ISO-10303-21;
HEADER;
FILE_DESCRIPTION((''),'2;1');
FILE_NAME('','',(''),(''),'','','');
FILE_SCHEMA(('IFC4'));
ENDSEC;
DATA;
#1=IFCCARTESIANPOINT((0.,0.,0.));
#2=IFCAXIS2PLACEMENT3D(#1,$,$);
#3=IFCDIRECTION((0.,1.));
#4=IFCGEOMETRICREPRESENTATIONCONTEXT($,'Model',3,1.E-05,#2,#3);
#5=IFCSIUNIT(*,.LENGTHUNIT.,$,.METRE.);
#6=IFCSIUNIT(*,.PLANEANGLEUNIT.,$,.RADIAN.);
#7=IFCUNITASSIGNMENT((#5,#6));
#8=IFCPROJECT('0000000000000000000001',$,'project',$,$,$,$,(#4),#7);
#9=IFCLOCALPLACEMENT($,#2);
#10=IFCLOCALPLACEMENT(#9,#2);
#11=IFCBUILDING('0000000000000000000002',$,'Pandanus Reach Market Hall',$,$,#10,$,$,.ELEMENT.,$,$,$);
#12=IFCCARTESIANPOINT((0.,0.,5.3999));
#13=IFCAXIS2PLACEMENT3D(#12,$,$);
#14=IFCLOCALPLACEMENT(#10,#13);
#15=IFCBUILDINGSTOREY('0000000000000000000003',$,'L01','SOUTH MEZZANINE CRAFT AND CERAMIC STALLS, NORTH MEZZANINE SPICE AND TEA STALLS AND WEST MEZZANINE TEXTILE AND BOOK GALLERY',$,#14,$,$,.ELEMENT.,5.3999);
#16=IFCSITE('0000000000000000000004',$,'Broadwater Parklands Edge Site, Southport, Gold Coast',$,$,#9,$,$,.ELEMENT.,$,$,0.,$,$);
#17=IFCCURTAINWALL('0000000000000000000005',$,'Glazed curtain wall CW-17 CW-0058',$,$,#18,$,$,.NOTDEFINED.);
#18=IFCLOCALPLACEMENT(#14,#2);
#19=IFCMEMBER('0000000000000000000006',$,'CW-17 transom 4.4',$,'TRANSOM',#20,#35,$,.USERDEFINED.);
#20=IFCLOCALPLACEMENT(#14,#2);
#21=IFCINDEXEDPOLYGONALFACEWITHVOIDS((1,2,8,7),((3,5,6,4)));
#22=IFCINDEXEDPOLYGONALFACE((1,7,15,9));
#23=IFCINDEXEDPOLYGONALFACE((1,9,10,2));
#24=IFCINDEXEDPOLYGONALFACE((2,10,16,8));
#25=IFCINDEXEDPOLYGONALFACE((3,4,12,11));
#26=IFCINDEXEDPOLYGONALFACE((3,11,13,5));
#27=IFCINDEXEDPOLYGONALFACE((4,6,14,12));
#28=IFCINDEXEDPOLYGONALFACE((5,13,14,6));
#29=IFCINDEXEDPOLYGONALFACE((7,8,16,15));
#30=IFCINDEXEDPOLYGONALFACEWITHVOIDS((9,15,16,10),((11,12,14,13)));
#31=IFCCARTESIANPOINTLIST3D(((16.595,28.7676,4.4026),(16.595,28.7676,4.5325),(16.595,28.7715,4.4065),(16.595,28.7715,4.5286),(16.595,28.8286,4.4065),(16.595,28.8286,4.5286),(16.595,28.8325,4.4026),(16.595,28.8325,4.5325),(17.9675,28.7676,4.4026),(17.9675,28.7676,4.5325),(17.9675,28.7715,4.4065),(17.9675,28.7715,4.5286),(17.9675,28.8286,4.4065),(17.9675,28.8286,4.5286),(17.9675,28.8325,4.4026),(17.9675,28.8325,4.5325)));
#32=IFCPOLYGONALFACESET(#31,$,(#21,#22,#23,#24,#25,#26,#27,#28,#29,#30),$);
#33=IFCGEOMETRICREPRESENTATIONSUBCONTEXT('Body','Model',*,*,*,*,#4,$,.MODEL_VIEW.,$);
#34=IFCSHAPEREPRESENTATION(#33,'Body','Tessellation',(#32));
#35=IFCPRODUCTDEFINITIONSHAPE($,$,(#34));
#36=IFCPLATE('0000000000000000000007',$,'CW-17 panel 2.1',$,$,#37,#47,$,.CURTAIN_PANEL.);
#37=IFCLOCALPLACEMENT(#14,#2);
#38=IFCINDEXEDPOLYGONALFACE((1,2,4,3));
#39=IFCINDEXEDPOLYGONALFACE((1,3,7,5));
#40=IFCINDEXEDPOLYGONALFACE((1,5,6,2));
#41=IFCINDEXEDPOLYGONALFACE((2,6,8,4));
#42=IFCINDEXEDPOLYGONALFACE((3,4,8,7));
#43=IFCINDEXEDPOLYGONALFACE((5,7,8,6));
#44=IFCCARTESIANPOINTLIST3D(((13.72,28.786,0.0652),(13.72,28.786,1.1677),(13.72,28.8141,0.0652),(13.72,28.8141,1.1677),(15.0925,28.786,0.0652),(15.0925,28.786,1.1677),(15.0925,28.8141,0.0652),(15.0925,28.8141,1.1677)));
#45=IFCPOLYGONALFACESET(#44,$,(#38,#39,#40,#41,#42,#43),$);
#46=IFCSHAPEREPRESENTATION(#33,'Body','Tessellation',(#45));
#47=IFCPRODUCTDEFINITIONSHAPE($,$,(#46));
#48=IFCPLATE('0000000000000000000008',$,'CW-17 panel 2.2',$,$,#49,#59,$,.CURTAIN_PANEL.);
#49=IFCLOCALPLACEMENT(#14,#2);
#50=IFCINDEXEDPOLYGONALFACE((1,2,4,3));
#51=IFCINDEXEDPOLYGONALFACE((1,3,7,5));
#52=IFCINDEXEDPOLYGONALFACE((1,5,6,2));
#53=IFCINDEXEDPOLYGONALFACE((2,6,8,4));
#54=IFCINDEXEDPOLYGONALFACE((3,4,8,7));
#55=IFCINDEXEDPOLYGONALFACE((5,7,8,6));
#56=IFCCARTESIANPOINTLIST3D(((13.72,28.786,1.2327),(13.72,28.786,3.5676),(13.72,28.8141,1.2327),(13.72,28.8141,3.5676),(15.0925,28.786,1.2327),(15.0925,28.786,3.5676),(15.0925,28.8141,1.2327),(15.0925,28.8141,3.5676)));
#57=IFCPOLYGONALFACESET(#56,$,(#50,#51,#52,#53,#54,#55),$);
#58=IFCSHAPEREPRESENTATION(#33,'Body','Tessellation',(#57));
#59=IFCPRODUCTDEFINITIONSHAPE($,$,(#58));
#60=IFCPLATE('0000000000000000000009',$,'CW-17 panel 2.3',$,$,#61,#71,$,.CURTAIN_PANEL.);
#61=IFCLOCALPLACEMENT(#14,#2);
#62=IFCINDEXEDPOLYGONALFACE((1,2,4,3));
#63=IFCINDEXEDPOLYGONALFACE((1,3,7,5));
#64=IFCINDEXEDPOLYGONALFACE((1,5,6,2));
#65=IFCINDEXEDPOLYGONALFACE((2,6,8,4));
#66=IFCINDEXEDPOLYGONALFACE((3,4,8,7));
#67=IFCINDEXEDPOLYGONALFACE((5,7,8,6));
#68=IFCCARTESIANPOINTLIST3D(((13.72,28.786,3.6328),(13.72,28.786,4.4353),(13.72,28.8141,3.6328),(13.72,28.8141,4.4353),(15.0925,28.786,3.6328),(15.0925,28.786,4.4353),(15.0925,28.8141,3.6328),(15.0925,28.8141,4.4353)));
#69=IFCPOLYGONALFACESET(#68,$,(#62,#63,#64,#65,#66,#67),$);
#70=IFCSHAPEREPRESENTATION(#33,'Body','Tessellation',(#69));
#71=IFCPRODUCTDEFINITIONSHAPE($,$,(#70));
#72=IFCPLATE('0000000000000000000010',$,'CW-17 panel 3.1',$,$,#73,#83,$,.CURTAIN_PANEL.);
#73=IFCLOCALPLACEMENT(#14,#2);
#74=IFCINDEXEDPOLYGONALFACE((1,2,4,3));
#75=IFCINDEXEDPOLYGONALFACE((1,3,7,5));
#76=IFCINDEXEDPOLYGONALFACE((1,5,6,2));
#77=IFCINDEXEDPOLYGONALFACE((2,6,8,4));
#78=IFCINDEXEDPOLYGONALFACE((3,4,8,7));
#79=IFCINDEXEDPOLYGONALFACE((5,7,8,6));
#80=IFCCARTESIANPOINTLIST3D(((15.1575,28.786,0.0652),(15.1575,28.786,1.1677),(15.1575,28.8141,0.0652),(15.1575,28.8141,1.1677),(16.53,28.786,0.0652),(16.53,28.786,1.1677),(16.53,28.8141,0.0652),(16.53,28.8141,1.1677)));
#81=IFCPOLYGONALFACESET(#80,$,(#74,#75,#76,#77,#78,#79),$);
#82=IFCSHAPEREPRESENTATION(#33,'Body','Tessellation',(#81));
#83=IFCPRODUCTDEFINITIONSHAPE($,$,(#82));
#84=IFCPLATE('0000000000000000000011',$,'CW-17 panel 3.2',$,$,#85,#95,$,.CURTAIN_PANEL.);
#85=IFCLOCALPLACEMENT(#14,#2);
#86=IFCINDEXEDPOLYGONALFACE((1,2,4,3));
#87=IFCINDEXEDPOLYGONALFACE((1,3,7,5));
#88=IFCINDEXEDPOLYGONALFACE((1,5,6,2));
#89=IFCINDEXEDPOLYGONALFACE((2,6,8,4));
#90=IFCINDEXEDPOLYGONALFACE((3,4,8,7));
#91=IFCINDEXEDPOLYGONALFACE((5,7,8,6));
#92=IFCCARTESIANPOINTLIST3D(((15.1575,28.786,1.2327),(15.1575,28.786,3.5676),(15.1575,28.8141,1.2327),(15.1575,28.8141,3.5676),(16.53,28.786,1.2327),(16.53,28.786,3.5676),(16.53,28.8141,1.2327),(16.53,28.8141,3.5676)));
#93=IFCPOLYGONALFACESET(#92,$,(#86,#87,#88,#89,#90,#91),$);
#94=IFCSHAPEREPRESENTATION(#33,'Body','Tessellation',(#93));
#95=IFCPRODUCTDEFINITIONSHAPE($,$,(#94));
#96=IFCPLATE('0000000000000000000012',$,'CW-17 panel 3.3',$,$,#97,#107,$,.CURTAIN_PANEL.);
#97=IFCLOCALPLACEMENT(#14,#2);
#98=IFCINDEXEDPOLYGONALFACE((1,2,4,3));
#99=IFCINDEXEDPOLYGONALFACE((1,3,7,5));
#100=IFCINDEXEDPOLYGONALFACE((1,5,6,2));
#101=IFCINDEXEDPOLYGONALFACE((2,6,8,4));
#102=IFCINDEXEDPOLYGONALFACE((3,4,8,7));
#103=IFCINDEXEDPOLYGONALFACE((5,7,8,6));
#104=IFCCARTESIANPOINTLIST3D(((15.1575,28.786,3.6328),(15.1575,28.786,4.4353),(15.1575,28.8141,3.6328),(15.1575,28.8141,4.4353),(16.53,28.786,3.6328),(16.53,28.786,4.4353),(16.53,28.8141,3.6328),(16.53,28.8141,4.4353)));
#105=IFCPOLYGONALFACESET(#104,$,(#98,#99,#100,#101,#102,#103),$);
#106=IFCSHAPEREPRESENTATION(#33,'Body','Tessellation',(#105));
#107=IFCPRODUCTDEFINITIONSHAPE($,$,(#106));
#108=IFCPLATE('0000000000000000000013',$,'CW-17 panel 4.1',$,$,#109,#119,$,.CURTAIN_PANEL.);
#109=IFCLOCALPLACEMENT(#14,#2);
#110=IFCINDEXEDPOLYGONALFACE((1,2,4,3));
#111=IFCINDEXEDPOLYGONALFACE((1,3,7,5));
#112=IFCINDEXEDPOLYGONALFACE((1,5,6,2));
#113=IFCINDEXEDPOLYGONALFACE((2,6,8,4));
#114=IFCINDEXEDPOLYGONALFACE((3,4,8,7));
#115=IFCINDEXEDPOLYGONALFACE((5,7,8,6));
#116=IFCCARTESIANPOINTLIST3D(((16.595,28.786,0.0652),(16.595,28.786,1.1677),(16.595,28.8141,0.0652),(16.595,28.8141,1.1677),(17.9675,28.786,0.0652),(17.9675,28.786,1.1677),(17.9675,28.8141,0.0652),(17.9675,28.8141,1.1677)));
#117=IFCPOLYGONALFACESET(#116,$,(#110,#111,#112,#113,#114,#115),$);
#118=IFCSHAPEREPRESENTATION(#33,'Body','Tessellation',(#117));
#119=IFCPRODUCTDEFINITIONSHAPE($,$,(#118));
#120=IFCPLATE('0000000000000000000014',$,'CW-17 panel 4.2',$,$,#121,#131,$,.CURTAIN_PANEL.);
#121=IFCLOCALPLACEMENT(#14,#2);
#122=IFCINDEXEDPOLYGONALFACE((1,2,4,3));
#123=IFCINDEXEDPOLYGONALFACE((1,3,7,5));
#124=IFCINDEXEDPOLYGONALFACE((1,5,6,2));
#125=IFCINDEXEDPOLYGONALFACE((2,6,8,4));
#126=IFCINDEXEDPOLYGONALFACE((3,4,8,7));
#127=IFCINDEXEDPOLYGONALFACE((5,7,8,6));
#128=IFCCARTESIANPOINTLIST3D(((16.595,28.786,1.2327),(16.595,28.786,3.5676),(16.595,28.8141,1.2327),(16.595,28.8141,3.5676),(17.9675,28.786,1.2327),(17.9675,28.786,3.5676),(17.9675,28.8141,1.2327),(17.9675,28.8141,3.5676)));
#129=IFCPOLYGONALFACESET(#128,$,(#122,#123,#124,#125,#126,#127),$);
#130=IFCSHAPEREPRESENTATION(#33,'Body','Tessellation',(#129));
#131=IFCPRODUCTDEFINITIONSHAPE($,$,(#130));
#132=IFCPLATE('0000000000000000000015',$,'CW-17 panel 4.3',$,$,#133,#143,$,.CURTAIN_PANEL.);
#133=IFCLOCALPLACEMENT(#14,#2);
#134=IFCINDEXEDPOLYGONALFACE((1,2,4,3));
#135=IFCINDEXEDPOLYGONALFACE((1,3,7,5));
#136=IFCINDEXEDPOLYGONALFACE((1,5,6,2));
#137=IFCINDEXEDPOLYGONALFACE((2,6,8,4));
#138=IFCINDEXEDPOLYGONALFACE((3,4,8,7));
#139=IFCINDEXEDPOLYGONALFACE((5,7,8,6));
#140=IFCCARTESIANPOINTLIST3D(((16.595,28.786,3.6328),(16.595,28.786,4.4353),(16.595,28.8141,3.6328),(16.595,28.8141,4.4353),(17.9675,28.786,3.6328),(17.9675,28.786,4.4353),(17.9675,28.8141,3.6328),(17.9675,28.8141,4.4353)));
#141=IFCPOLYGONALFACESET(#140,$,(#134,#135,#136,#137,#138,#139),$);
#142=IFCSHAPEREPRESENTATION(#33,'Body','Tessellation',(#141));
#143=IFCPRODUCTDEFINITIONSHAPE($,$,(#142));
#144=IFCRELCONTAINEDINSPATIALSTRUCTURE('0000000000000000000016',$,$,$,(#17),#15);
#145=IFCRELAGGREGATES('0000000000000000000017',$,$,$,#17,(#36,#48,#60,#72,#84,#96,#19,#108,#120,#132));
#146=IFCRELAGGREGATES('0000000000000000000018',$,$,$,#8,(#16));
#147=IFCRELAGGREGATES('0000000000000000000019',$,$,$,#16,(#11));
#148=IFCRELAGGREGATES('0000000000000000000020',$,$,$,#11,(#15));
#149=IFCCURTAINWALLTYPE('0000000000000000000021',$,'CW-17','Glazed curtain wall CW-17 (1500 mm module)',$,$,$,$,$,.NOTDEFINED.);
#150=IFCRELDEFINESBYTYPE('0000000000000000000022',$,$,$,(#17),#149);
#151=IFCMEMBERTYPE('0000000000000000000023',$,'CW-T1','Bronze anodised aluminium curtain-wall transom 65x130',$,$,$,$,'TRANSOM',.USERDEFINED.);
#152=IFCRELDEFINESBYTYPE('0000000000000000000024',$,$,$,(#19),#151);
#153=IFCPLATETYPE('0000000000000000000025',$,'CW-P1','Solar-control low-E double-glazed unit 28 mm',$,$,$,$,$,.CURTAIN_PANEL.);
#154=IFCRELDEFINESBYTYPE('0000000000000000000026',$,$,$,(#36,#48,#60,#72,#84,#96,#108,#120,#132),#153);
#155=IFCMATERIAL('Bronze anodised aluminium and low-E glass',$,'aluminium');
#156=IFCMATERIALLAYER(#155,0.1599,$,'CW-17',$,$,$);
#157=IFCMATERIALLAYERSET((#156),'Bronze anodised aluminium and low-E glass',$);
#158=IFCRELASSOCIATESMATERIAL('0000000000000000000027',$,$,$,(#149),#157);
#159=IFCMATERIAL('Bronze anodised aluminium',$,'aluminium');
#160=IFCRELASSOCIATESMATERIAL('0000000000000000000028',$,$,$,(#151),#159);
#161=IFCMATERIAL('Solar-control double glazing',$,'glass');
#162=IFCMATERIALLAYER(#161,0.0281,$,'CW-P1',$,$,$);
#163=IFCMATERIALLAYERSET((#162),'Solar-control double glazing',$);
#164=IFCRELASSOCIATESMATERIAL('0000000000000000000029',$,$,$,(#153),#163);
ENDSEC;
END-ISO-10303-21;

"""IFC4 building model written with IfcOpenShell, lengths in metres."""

from ifc_helpers import new_model, si_unit, direction, frame, origin, origin_2d, place, context, subcontext, project, spatial, rectangle, hollow_rectangle, extrude, material, layer, layer_set, material_profile, profile_set, type_object, element, aggregate, save


model = new_model("IFC4")

# Units and contexts
model_context = context("Model", 3, precision=1e-05, world=origin(), true_north=direction((0.0, 1.0)))
body_context = subcontext(model_context, "Body", "Model", "MODEL_VIEW")
ifc_project = project(units=[si_unit("LENGTHUNIT", "METRE"), si_unit("PLANEANGLEUNIT", "RADIAN")], contexts=[model_context])

# Site, building, storey
site_placement = place(None, origin())
site = spatial("IfcSite", under=ifc_project, at=site_placement, Name="Broadwater Parklands Edge Site, Southport, Gold Coast", CompositionType="ELEMENT", RefElevation=0.0)
building_placement = place(site_placement, origin())
building = spatial("IfcBuilding", under=site, at=building_placement, Name="Pandanus Reach Market Hall", CompositionType="ELEMENT")
storey_placement = place(building_placement, frame((0.0, 0.0, 5.3999)))
storey = spatial("IfcBuildingStorey", under=building, at=storey_placement, Name="L01", Description="SOUTH MEZZANINE CRAFT AND CERAMIC STALLS, NORTH MEZZANINE SPICE AND TEA STALLS AND WEST MEZZANINE TEXTILE AND BOOK GALLERY", CompositionType="ELEMENT", Elevation=5.3999)

# Curtain wall, member, plates
ifc_material_1 = material(Name="Bronze anodised aluminium and low-E glass", Category="aluminium")
ifc_layer_1 = layer(ifc_material_1, 0.1599, Name="CW-17")
ifc_layer_set_1 = layer_set([ifc_layer_1], Name="Bronze anodised aluminium and low-E glass")
curtain_wall_type = type_object("IfcCurtainWallType", Name="CW-17", Description="Glazed curtain wall CW-17 (1500 mm module)", PredefinedType="NOTDEFINED", material=ifc_layer_set_1)
curtain_wall_placement = place(storey_placement, origin())
curtain_wall = element("IfcCurtainWall", 1, at=curtain_wall_placement, inside=storey, type_object=curtain_wall_type, Name="Glazed curtain wall CW-17 CW-0058", PredefinedType="NOTDEFINED")
ifc_material_2 = material(Name="Bronze anodised aluminium", Category="aluminium")
ifc_material_profile_1 = material_profile(ifc_material_2, hollow_rectangle(XDim=0.0649, YDim=0.1299, WallThickness=0.0039, at=origin_2d()), Name="ALU65x130", Category="LoadBearing")
ifc_profile_set_1 = profile_set([ifc_material_profile_1], Name="Bronze anodised aluminium")
member_type_1 = type_object("IfcMemberType", Name="CW-T1", Description="Bronze anodised aluminium curtain-wall transom 65x130", ElementType="TRANSOM", PredefinedType="USERDEFINED", material=ifc_profile_set_1)
member_1_placement = place(storey_placement, frame((16.595, 28.8, 4.4675), z_axis=(1.0, 0.0, 0.0), x_axis=(0.0, 1.0, 0.0)))
member_1 = element("IfcMember", 2, at=member_1_placement, type_object=member_type_1, Name="CW-17 transom 4.4", ObjectType="TRANSOM", PredefinedType="USERDEFINED", context=body_context, shape_type="SweptSolid", body=[
    extrude(hollow_rectangle(XDim=0.0649, YDim=0.1299, WallThickness=0.0039, at=origin_2d()), origin(), (0.0, 0.0, 1.0), 1.3726),
])
ifc_material_3 = material(Name="Solar-control double glazing", Category="glass")
ifc_layer_2 = layer(ifc_material_3, 0.0281, Name="CW-P1")
ifc_layer_set_2 = layer_set([ifc_layer_2], Name="Solar-control double glazing")
plate_type = type_object("IfcPlateType", Name="CW-P1", Description="Solar-control low-E double-glazed unit 28 mm", PredefinedType="CURTAIN_PANEL", material=ifc_layer_set_2)
plate_1_placement = place(storey_placement, frame((14.4062, 28.8, 0.0652), z_axis=(0.0, 0.0, 1.0), x_axis=(1.0, 0.0, 0.0)))
plate_1 = element("IfcPlate", 3, at=plate_1_placement, type_object=plate_type, Name="CW-17 panel 2.1", PredefinedType="CURTAIN_PANEL", context=body_context, shape_type="SweptSolid", body=[
    extrude(rectangle(XDim=1.3726, YDim=0.0281, at=origin_2d()), origin(), (0.0, 0.0, 1.0), 1.1025),
])
plate_2_placement = place(storey_placement, frame((14.4062, 28.8, 1.2327), z_axis=(0.0, 0.0, 1.0), x_axis=(1.0, 0.0, 0.0)))
plate_2 = element("IfcPlate", 4, at=plate_2_placement, type_object=plate_type, Name="CW-17 panel 2.2", PredefinedType="CURTAIN_PANEL", context=body_context, shape_type="SweptSolid", body=[
    extrude(rectangle(XDim=1.3726, YDim=0.0281, at=origin_2d()), origin(), (0.0, 0.0, 1.0), 2.335),
])
plate_3_placement = place(storey_placement, frame((14.4062, 28.8, 3.6328), z_axis=(0.0, 0.0, 1.0), x_axis=(1.0, 0.0, 0.0)))
plate_3 = element("IfcPlate", 5, at=plate_3_placement, type_object=plate_type, Name="CW-17 panel 2.3", PredefinedType="CURTAIN_PANEL", context=body_context, shape_type="SweptSolid", body=[
    extrude(rectangle(XDim=1.3726, YDim=0.0281, at=origin_2d()), origin(), (0.0, 0.0, 1.0), 0.8025),
])
plate_4_placement = place(storey_placement, frame((15.8438, 28.8, 0.0652), z_axis=(0.0, 0.0, 1.0), x_axis=(1.0, 0.0, 0.0)))
plate_4 = element("IfcPlate", 6, at=plate_4_placement, type_object=plate_type, Name="CW-17 panel 3.1", PredefinedType="CURTAIN_PANEL", context=body_context, shape_type="SweptSolid", body=[
    extrude(rectangle(XDim=1.3726, YDim=0.0281, at=origin_2d()), origin(), (0.0, 0.0, 1.0), 1.1025),
])
plate_5_placement = place(storey_placement, frame((15.8438, 28.8, 1.2327), z_axis=(0.0, 0.0, 1.0), x_axis=(1.0, 0.0, 0.0)))
plate_5 = element("IfcPlate", 7, at=plate_5_placement, type_object=plate_type, Name="CW-17 panel 3.2", PredefinedType="CURTAIN_PANEL", context=body_context, shape_type="SweptSolid", body=[
    extrude(rectangle(XDim=1.3726, YDim=0.0281, at=origin_2d()), origin(), (0.0, 0.0, 1.0), 2.335),
])
plate_6_placement = place(storey_placement, frame((15.8438, 28.8, 3.6328), z_axis=(0.0, 0.0, 1.0), x_axis=(1.0, 0.0, 0.0)))
plate_6 = element("IfcPlate", 8, at=plate_6_placement, type_object=plate_type, Name="CW-17 panel 3.3", PredefinedType="CURTAIN_PANEL", context=body_context, shape_type="SweptSolid", body=[
    extrude(rectangle(XDim=1.3726, YDim=0.0281, at=origin_2d()), origin(), (0.0, 0.0, 1.0), 0.8025),
])
plate_7_placement = place(storey_placement, frame((17.2812, 28.8, 0.0652), z_axis=(0.0, 0.0, 1.0), x_axis=(1.0, 0.0, 0.0)))
plate_7 = element("IfcPlate", 9, at=plate_7_placement, type_object=plate_type, Name="CW-17 panel 4.1", PredefinedType="CURTAIN_PANEL", context=body_context, shape_type="SweptSolid", body=[
    extrude(rectangle(XDim=1.3726, YDim=0.0281, at=origin_2d()), origin(), (0.0, 0.0, 1.0), 1.1025),
])
plate_8_placement = place(storey_placement, frame((17.2812, 28.8, 1.2327), z_axis=(0.0, 0.0, 1.0), x_axis=(1.0, 0.0, 0.0)))
plate_8 = element("IfcPlate", 10, at=plate_8_placement, type_object=plate_type, Name="CW-17 panel 4.2", PredefinedType="CURTAIN_PANEL", context=body_context, shape_type="SweptSolid", body=[
    extrude(rectangle(XDim=1.3726, YDim=0.0281, at=origin_2d()), origin(), (0.0, 0.0, 1.0), 2.335),
])
plate_9_placement = place(storey_placement, frame((17.2812, 28.8, 3.6328), z_axis=(0.0, 0.0, 1.0), x_axis=(1.0, 0.0, 0.0)))
plate_9 = element("IfcPlate", 11, at=plate_9_placement, type_object=plate_type, Name="CW-17 panel 4.3", PredefinedType="CURTAIN_PANEL", context=body_context, shape_type="SweptSolid", body=[
    extrude(rectangle(XDim=1.3726, YDim=0.0281, at=origin_2d()), origin(), (0.0, 0.0, 1.0), 0.8025),
])
aggregate(curtain_wall, [plate_1, plate_2, plate_3, plate_4, plate_5, plate_6, member_1, plate_7, plate_8, plate_9])

save(model, "model.ifc")
